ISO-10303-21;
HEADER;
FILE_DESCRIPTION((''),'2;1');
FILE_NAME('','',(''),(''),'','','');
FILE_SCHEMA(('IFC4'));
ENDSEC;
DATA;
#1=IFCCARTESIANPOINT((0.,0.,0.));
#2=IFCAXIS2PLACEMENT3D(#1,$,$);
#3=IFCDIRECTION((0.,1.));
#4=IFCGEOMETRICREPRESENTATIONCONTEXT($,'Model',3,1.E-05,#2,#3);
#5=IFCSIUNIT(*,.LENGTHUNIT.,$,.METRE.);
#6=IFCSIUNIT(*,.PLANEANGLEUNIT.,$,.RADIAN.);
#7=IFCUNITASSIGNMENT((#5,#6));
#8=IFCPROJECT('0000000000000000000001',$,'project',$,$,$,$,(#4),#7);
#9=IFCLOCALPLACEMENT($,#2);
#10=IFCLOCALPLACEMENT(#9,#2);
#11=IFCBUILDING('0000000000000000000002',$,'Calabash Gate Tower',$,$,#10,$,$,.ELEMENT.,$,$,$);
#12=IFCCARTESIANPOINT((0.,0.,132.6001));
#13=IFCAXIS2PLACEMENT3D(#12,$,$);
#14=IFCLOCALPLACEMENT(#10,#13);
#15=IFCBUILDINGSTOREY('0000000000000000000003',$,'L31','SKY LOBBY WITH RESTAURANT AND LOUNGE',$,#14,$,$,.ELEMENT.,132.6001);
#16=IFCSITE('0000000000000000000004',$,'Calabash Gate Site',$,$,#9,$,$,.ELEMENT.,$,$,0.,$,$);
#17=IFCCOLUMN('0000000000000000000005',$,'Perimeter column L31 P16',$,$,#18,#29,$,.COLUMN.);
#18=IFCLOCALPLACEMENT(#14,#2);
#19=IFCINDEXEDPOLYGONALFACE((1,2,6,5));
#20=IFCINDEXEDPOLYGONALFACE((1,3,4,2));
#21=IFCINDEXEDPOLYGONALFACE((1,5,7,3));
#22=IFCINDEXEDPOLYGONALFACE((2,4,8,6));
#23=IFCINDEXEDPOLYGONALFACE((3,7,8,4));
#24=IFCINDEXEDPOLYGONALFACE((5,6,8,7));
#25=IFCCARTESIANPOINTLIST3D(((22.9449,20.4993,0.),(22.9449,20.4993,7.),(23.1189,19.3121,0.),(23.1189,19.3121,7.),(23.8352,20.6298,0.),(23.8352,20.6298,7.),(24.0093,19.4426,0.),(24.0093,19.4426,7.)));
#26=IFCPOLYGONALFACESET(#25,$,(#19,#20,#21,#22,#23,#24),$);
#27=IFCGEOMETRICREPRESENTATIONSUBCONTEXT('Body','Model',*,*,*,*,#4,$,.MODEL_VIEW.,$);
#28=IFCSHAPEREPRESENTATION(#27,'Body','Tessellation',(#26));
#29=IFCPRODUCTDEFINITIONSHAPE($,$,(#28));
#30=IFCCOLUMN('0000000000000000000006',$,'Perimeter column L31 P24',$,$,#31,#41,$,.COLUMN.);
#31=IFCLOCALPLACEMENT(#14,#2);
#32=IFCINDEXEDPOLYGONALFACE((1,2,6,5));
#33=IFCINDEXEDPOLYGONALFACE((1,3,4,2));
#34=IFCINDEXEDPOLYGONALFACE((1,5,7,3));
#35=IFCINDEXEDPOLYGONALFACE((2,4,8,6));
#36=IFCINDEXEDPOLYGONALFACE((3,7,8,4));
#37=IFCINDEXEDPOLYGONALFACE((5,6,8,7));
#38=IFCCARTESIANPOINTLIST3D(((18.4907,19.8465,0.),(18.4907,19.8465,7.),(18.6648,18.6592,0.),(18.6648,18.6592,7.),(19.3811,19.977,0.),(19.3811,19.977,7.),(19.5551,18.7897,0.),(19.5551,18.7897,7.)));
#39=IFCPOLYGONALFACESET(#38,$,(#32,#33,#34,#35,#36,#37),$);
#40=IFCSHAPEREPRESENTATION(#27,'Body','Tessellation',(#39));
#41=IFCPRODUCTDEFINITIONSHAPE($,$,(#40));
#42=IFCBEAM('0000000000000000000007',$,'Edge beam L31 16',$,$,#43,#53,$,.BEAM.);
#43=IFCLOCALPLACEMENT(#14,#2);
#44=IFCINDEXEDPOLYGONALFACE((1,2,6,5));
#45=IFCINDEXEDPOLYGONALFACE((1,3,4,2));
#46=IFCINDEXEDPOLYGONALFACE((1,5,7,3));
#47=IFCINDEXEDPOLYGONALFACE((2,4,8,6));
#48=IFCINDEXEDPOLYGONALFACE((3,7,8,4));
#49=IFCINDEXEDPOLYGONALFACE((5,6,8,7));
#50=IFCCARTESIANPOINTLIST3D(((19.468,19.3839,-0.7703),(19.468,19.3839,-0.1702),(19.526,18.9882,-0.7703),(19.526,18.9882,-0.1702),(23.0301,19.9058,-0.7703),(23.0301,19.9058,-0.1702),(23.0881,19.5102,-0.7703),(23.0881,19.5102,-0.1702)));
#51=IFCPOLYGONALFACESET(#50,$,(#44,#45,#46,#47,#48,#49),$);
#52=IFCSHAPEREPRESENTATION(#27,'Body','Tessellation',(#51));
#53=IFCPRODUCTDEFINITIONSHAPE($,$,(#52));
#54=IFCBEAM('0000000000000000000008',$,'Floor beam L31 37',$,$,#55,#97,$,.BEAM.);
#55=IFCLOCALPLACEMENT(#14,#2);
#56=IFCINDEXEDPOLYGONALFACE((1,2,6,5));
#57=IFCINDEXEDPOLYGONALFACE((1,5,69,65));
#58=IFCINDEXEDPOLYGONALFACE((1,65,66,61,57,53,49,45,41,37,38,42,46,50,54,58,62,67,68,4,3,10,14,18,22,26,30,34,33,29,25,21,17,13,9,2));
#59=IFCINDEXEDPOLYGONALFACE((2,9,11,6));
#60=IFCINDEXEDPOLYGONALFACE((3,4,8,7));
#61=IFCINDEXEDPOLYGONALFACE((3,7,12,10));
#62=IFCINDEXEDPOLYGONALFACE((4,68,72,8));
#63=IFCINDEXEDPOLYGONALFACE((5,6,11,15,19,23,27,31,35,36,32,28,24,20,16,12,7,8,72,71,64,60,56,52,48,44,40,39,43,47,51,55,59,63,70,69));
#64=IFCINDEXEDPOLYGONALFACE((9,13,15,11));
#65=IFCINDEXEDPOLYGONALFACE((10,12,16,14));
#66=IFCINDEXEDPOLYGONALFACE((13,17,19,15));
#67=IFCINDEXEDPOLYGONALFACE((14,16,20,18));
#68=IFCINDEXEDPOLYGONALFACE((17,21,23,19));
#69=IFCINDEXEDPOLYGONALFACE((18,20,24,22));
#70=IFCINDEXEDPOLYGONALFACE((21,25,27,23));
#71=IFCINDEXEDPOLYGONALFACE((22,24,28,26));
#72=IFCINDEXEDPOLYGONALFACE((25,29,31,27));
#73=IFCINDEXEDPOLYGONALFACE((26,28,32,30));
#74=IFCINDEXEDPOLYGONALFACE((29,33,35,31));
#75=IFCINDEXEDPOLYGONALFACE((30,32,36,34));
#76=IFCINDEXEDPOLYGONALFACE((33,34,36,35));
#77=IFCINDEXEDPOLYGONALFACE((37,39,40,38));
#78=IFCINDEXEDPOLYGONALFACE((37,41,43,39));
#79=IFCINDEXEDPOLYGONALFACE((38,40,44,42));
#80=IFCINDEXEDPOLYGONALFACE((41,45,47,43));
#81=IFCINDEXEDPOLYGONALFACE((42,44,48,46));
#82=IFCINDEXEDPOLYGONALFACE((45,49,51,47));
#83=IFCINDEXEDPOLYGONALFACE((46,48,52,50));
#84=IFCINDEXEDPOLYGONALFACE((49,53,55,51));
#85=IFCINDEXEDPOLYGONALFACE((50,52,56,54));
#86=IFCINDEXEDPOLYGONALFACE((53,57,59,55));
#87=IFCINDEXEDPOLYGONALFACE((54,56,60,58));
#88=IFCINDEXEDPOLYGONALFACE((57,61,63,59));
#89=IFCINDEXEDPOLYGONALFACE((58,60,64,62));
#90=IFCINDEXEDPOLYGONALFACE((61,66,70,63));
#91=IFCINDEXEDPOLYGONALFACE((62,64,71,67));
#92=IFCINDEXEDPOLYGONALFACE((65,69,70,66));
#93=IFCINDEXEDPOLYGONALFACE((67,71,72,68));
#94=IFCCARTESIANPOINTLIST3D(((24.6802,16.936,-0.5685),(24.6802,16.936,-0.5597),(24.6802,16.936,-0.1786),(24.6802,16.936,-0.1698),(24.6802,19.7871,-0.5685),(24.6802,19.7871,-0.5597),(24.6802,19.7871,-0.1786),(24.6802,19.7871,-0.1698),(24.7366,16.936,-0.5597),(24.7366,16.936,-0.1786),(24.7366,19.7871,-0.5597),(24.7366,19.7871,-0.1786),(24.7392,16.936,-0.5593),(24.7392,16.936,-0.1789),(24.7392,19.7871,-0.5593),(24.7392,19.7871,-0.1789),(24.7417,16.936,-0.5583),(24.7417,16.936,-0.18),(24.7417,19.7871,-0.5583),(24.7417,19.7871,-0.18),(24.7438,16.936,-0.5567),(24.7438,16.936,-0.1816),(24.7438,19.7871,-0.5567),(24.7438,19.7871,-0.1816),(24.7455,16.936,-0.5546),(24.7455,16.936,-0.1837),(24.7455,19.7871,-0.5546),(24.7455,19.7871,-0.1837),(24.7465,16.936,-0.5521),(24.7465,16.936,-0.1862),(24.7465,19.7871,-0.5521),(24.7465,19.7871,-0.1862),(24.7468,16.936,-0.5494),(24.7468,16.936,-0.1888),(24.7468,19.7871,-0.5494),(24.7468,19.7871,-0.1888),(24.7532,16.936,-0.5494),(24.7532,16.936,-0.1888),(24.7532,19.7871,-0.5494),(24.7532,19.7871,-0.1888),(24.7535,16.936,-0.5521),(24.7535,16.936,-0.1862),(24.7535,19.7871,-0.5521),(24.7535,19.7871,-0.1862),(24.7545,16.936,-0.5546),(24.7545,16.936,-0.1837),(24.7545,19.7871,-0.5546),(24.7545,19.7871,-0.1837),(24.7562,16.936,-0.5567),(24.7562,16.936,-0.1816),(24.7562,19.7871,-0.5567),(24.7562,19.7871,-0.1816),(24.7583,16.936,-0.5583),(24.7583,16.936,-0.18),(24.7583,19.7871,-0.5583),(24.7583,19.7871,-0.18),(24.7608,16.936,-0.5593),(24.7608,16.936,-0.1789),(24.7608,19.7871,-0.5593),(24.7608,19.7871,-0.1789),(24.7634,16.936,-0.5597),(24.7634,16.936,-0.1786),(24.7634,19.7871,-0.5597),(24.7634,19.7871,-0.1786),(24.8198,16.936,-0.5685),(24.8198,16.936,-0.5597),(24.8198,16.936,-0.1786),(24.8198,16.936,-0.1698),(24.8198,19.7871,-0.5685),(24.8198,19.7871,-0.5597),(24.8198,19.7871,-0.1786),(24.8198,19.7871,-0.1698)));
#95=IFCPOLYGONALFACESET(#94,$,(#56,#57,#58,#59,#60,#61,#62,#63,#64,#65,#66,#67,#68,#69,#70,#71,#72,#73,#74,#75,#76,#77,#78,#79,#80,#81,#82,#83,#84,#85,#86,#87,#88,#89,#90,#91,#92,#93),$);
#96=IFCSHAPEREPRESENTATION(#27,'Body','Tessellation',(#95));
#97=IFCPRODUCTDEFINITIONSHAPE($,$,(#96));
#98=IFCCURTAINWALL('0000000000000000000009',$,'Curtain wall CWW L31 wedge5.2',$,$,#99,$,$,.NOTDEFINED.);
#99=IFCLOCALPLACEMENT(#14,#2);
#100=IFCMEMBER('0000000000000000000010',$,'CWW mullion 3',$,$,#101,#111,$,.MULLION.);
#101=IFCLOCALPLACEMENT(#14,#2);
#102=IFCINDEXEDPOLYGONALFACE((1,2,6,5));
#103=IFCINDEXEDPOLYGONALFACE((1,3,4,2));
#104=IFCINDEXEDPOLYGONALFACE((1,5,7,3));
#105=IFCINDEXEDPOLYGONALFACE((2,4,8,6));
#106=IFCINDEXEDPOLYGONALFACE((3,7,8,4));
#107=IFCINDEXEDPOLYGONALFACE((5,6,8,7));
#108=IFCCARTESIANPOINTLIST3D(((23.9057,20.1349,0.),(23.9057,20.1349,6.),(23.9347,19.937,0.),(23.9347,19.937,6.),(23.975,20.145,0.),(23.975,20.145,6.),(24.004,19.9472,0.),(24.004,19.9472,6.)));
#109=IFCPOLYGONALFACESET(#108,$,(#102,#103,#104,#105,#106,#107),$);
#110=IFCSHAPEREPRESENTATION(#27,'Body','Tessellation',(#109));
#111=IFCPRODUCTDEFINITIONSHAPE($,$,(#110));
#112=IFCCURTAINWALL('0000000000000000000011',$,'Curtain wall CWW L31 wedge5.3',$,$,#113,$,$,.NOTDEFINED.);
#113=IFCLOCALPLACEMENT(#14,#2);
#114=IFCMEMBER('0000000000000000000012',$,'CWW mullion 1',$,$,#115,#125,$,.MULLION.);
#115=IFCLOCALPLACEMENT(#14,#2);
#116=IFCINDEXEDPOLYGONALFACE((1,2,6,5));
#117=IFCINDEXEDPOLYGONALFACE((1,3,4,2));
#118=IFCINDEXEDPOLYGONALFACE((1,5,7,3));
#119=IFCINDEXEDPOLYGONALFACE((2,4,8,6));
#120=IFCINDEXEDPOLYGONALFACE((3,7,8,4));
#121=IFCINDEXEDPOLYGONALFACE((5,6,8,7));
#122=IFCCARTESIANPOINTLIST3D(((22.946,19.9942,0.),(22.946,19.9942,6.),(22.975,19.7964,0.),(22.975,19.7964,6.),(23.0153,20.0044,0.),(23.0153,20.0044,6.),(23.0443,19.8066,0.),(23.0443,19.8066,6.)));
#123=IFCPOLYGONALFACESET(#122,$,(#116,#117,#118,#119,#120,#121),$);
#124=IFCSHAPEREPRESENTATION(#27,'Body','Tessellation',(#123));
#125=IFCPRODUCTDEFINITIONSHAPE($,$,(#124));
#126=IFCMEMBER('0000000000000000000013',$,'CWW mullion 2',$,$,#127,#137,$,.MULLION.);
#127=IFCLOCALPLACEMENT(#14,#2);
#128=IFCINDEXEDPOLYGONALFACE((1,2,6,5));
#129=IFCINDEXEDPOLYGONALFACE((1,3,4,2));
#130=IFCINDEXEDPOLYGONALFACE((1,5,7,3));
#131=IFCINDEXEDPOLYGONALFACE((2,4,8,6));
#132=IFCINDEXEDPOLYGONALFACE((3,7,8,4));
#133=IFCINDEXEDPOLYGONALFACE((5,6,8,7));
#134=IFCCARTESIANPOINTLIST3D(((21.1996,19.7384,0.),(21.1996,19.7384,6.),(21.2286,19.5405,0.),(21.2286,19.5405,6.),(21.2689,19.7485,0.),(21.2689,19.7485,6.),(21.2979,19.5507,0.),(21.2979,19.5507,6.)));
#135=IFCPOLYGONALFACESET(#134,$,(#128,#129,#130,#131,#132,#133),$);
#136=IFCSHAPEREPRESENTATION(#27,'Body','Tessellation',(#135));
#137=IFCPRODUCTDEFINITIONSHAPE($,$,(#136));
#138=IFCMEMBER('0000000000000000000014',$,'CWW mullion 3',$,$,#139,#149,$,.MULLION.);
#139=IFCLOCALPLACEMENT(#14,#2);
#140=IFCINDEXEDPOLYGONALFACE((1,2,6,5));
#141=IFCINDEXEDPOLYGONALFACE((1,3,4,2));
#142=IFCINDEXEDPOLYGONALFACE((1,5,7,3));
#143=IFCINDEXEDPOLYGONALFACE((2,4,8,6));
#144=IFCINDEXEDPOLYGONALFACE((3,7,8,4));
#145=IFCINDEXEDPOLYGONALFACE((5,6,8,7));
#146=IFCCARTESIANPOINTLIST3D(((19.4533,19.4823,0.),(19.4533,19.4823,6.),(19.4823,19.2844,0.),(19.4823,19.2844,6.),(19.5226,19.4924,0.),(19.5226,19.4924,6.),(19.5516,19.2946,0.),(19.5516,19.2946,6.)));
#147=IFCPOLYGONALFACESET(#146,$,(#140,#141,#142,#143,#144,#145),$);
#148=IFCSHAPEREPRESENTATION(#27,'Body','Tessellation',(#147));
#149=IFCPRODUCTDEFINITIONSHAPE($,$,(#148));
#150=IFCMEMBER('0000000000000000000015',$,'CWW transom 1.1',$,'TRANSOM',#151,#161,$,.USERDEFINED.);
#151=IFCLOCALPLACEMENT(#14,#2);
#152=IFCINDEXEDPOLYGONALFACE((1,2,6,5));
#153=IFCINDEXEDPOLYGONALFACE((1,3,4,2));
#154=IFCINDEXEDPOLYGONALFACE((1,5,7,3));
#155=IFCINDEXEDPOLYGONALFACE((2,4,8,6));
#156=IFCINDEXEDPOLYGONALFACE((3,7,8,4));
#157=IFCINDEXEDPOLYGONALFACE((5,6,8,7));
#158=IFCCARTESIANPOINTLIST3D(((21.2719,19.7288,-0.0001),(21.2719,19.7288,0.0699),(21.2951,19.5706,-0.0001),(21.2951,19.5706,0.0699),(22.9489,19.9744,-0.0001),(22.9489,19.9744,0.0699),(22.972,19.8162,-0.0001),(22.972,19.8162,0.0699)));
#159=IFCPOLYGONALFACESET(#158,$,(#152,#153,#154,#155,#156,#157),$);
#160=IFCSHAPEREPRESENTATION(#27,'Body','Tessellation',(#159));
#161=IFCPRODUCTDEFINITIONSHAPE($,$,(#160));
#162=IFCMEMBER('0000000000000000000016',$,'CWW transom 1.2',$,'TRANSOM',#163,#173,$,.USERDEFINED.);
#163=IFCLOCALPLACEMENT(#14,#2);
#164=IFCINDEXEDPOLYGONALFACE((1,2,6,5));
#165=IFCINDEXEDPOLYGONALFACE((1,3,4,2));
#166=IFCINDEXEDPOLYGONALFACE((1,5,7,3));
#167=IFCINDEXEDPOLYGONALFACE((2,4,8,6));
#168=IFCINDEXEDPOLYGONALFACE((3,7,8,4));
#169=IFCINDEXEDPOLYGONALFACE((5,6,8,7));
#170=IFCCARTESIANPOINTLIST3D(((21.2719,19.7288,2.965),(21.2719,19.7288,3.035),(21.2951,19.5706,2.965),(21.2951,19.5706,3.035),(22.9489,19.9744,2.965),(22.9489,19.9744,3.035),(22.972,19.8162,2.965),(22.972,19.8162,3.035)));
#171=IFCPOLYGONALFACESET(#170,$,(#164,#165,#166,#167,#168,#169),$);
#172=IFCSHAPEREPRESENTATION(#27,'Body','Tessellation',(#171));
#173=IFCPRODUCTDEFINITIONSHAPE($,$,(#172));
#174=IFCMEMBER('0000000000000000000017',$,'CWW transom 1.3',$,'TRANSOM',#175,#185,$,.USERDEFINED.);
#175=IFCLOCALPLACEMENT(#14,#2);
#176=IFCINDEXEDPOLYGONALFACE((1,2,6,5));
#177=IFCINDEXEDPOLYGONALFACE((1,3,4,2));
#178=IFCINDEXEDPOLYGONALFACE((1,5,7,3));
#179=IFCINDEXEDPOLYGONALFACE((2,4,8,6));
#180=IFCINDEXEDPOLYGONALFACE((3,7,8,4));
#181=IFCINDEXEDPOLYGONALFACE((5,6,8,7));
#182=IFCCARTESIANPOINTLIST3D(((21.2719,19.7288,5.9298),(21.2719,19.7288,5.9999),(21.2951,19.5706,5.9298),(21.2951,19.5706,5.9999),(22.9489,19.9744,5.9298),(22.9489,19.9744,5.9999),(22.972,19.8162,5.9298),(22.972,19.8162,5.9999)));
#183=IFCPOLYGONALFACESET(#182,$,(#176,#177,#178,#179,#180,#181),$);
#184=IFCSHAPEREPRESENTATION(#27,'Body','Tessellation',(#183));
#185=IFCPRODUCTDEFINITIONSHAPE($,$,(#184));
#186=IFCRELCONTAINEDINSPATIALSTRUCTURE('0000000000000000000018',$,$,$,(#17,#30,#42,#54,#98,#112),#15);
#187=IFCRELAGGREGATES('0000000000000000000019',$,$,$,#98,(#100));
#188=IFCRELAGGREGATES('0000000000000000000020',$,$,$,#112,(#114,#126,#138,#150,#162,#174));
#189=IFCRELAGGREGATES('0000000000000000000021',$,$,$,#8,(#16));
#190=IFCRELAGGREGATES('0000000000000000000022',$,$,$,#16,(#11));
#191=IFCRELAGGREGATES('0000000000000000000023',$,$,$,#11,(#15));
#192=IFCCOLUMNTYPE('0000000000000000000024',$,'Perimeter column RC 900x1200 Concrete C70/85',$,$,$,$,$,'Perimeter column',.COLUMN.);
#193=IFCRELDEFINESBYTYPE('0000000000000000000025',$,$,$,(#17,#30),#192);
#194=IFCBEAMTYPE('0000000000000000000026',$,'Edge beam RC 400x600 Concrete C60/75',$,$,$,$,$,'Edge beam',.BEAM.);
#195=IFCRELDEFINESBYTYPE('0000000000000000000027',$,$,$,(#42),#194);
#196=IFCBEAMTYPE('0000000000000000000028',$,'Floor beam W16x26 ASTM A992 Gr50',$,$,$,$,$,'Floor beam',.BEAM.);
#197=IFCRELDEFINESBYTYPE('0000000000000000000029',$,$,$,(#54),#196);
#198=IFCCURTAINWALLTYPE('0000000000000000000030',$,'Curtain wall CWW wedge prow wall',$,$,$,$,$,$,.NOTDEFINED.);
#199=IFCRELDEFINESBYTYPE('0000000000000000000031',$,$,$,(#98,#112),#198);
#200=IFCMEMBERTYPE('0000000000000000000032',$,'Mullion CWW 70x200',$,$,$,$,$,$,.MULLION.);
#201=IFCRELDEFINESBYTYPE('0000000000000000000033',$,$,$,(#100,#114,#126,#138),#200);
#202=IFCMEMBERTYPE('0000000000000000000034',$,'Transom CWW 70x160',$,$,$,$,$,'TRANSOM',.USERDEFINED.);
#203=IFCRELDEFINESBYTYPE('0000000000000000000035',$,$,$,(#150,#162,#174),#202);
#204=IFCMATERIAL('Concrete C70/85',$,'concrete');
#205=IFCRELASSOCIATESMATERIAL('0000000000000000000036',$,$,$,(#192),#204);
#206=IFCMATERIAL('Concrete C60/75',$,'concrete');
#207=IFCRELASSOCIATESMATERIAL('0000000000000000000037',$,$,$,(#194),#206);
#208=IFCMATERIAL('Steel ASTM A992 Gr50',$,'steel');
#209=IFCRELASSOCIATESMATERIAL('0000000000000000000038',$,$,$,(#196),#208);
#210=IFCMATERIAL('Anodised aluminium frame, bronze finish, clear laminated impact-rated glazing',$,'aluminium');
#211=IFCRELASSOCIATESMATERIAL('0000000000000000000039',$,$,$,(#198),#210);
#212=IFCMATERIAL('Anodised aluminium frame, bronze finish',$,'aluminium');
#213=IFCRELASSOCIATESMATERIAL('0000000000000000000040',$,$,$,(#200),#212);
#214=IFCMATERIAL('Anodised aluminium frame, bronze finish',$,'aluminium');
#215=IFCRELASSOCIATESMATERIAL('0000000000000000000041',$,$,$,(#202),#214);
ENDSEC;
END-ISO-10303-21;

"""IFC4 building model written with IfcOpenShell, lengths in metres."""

from ifc_helpers import new_model, si_unit, direction, frame, origin, origin_2d, place, context, subcontext, project, spatial, rectangle, i_section, extrude, material, material_profile, profile_set, type_object, element, aggregate, save


model = new_model("IFC4")

# Units and contexts
model_context = context("Model", 3, precision=1e-05, world=origin(), true_north=direction((0.0, 1.0)))
body_context = subcontext(model_context, "Body", "Model", "MODEL_VIEW")
ifc_project = project(units=[si_unit("LENGTHUNIT", "METRE"), si_unit("PLANEANGLEUNIT", "RADIAN")], contexts=[model_context])

# Site, building, storey
site_placement = place(None, origin())
site = spatial("IfcSite", under=ifc_project, at=site_placement, Name="Calabash Gate Site", CompositionType="ELEMENT", RefElevation=0.0)
building_placement = place(site_placement, origin())
building = spatial("IfcBuilding", under=site, at=building_placement, Name="Calabash Gate Tower", CompositionType="ELEMENT")
storey_placement = place(building_placement, frame((0.0, 0.0, 132.6001)))
storey = spatial("IfcBuildingStorey", under=building, at=storey_placement, Name="L31", Description="SKY LOBBY WITH RESTAURANT AND LOUNGE", CompositionType="ELEMENT", Elevation=132.6001)

# Columns
ifc_material_1 = material(Name="Concrete C70/85", Category="concrete")
ifc_material_profile_1 = material_profile(ifc_material_1, rectangle(XDim=0.8999, YDim=1.2, at=origin_2d()))
ifc_profile_set_1 = profile_set([ifc_material_profile_1], Name="Concrete C70/85")
column_type = type_object("IfcColumnType", Name="Perimeter column RC 900x1200 Concrete C70/85", ElementType="Perimeter column", PredefinedType="COLUMN", material=ifc_profile_set_1)
for number, where, z_axis, x_axis, name in (
    (1, (23.4771, 19.9709, 0.0), (0.0, 0.0, 1.0), (-0.98943, -0.145015, 0.0), "Perimeter column L31 P16"),
    (2, (19.0229, 19.3181, 0.0), (0.0, 0.0, 1.0), (-0.98943, -0.145015, 0.0), "Perimeter column L31 P24"),
):
    element("IfcColumn", number, at=place(storey_placement, frame(where, z_axis=z_axis, x_axis=x_axis)), inside=storey, type_object=column_type, Name=name, PredefinedType="COLUMN", context=body_context, shape_type="SweptSolid", body=[
        extrude(rectangle(XDim=0.8999, YDim=1.2, at=origin_2d()), origin(), (0.0, 0.0, 1.0), 7.0),
    ])

# Beams
ifc_material_2 = material(Name="Concrete C60/75", Category="concrete")
ifc_material_profile_2 = material_profile(ifc_material_2, rectangle(XDim=0.3999, YDim=0.6001, at=origin_2d()))
ifc_profile_set_2 = profile_set([ifc_material_profile_2], Name="Concrete C60/75")
beam_type_1 = type_object("IfcBeamType", Name="Edge beam RC 400x600 Concrete C60/75", ElementType="Edge beam", PredefinedType="BEAM", material=ifc_profile_set_2)
beam_1_placement = place(storey_placement, frame((23.0591, 19.708, -0.4702), z_axis=(-0.989433, -0.14499, 0.0), x_axis=(0.14499, -0.989433, 0.0)))
element("IfcBeam", 3, at=beam_1_placement, inside=storey, type_object=beam_type_1, Name="Edge beam L31 16", PredefinedType="BEAM", context=body_context, shape_type="SweptSolid", body=[
    extrude(rectangle(XDim=0.3999, YDim=0.6001, at=origin_2d()), origin(), (0.0, 0.0, 1.0), 3.6001),
])
ifc_material_3 = material(Name="Steel ASTM A992 Gr50", Category="steel")
ifc_material_profile_3 = material_profile(ifc_material_3, i_section(OverallWidth=0.1396, OverallDepth=0.3987, WebThickness=0.0063, FlangeThickness=0.0088, FilletRadius=0.0103, at=origin_2d()))
ifc_profile_set_3 = profile_set([ifc_material_profile_3], Name="Steel ASTM A992 Gr50")
beam_type_2 = type_object("IfcBeamType", Name="Floor beam W16x26 ASTM A992 Gr50", ElementType="Floor beam", PredefinedType="BEAM", material=ifc_profile_set_3)
beam_2_placement = place(storey_placement, frame((24.75, 16.936, -0.3691), z_axis=(0.0, 1.0, 0.0), x_axis=(-1.0, 0.0, 0.0)))
element("IfcBeam", 4, at=beam_2_placement, inside=storey, type_object=beam_type_2, Name="Floor beam L31 37", PredefinedType="BEAM", context=body_context, shape_type="SweptSolid", body=[
    extrude(i_section(OverallWidth=0.1396, OverallDepth=0.3987, WebThickness=0.0063, FlangeThickness=0.0088, FilletRadius=0.0103, at=origin_2d()), origin(), (0.0, 0.0, 1.0), 2.8511),
])

# Curtain wall, member
ifc_material_4 = material(Name="Anodised aluminium frame, bronze finish, clear laminated impact-rated glazing", Category="aluminium")
curtain_wall_type = type_object("IfcCurtainWallType", Name="Curtain wall CWW wedge prow wall", PredefinedType="NOTDEFINED", material=ifc_material_4)
curtain_wall_1_placement = place(storey_placement, origin())
curtain_wall_1 = element("IfcCurtainWall", 5, at=curtain_wall_1_placement, inside=storey, type_object=curtain_wall_type, Name="Curtain wall CWW L31 wedge5.2", PredefinedType="NOTDEFINED")
ifc_material_5 = material(Name="Anodised aluminium frame, bronze finish", Category="aluminium")
ifc_material_profile_4 = material_profile(ifc_material_5, rectangle(XDim=0.2, YDim=0.0701, at=origin_2d()))
ifc_profile_set_4 = profile_set([ifc_material_profile_4], Name="Anodised aluminium frame, bronze finish")
member_type_1 = type_object("IfcMemberType", Name="Mullion CWW 70x200", PredefinedType="MULLION", material=ifc_profile_set_4)
member_1_placement = place(storey_placement, frame((23.9548, 20.041, 0.0), z_axis=(0.0, 0.0, 1.0), x_axis=(0.145015, -0.989429, 0.0)))
member_1 = element("IfcMember", 6, at=member_1_placement, type_object=member_type_1, Name="CWW mullion 3", PredefinedType="MULLION", context=body_context, shape_type="SweptSolid", body=[
    extrude(rectangle(XDim=0.2, YDim=0.0701, at=origin_2d()), origin(), (0.0, 0.0, 1.0), 6.0),
])

# Curtain wall, members
curtain_wall_2_placement = place(storey_placement, origin())
curtain_wall_2 = element("IfcCurtainWall", 7, at=curtain_wall_2_placement, inside=storey, type_object=curtain_wall_type, Name="Curtain wall CWW L31 wedge5.3", PredefinedType="NOTDEFINED")
member_2_placement = place(storey_placement, frame((22.9951, 19.9004, 0.0), z_axis=(0.0, 0.0, 1.0), x_axis=(0.145015, -0.989429, 0.0)))
member_2 = element("IfcMember", 8, at=member_2_placement, type_object=member_type_1, Name="CWW mullion 1", PredefinedType="MULLION", context=body_context, shape_type="SweptSolid", body=[
    extrude(rectangle(XDim=0.2, YDim=0.0701, at=origin_2d()), origin(), (0.0, 0.0, 1.0), 6.0),
])
member_3_placement = place(storey_placement, frame((21.2488, 19.6445, 0.0), z_axis=(0.0, 0.0, 1.0), x_axis=(0.145015, -0.989429, 0.0)))
member_3 = element("IfcMember", 9, at=member_3_placement, type_object=member_type_1, Name="CWW mullion 2", PredefinedType="MULLION", context=body_context, shape_type="SweptSolid", body=[
    extrude(rectangle(XDim=0.2, YDim=0.0701, at=origin_2d()), origin(), (0.0, 0.0, 1.0), 6.0),
])
member_4_placement = place(storey_placement, frame((19.5024, 19.3884, 0.0), z_axis=(0.0, 0.0, 1.0), x_axis=(0.145015, -0.989429, 0.0)))
member_4 = element("IfcMember", 10, at=member_4_placement, type_object=member_type_1, Name="CWW mullion 3", PredefinedType="MULLION", context=body_context, shape_type="SweptSolid", body=[
    extrude(rectangle(XDim=0.2, YDim=0.0701, at=origin_2d()), origin(), (0.0, 0.0, 1.0), 6.0),
])
ifc_material_6 = material(Name="Anodised aluminium frame, bronze finish", Category="aluminium")
ifc_material_profile_5 = material_profile(ifc_material_6, rectangle(XDim=0.1599, YDim=0.0701, at=origin_2d()))
ifc_profile_set_5 = profile_set([ifc_material_profile_5], Name="Anodised aluminium frame, bronze finish")
member_type_2 = type_object("IfcMemberType", Name="Transom CWW 70x160", ElementType="TRANSOM", PredefinedType="USERDEFINED", material=ifc_profile_set_5)
member_5_placement = place(storey_placement, frame((22.9604, 19.8953, 0.0349), z_axis=(-0.989445, -0.144909, 0.0), x_axis=(0.144909, -0.989445, 0.0)))
member_5 = element("IfcMember", 11, at=member_5_placement, type_object=member_type_2, Name="CWW transom 1.1", ObjectType="TRANSOM", PredefinedType="USERDEFINED", context=body_context, shape_type="SweptSolid", body=[
    extrude(rectangle(XDim=0.1599, YDim=0.0701, at=origin_2d()), origin(), (0.0, 0.0, 1.0), 1.6948),
])
member_6_placement = place(storey_placement, frame((22.9604, 19.8953, 3.0), z_axis=(-0.989445, -0.144909, 0.0), x_axis=(0.144909, -0.989445, 0.0)))
member_6 = element("IfcMember", 12, at=member_6_placement, type_object=member_type_2, Name="CWW transom 1.2", ObjectType="TRANSOM", PredefinedType="USERDEFINED", context=body_context, shape_type="SweptSolid", body=[
    extrude(rectangle(XDim=0.1599, YDim=0.0701, at=origin_2d()), origin(), (0.0, 0.0, 1.0), 1.6948),
])
member_7_placement = place(storey_placement, frame((22.9604, 19.8953, 5.9648), z_axis=(-0.989445, -0.144909, 0.0), x_axis=(0.144909, -0.989445, 0.0)))
member_7 = element("IfcMember", 13, at=member_7_placement, type_object=member_type_2, Name="CWW transom 1.3", ObjectType="TRANSOM", PredefinedType="USERDEFINED", context=body_context, shape_type="SweptSolid", body=[
    extrude(rectangle(XDim=0.1599, YDim=0.0701, at=origin_2d()), origin(), (0.0, 0.0, 1.0), 1.6948),
])

aggregate(curtain_wall_1, [member_1])
aggregate(curtain_wall_2, [member_2, member_3, member_4, member_5, member_6, member_7])

save(model, "model.ifc")
